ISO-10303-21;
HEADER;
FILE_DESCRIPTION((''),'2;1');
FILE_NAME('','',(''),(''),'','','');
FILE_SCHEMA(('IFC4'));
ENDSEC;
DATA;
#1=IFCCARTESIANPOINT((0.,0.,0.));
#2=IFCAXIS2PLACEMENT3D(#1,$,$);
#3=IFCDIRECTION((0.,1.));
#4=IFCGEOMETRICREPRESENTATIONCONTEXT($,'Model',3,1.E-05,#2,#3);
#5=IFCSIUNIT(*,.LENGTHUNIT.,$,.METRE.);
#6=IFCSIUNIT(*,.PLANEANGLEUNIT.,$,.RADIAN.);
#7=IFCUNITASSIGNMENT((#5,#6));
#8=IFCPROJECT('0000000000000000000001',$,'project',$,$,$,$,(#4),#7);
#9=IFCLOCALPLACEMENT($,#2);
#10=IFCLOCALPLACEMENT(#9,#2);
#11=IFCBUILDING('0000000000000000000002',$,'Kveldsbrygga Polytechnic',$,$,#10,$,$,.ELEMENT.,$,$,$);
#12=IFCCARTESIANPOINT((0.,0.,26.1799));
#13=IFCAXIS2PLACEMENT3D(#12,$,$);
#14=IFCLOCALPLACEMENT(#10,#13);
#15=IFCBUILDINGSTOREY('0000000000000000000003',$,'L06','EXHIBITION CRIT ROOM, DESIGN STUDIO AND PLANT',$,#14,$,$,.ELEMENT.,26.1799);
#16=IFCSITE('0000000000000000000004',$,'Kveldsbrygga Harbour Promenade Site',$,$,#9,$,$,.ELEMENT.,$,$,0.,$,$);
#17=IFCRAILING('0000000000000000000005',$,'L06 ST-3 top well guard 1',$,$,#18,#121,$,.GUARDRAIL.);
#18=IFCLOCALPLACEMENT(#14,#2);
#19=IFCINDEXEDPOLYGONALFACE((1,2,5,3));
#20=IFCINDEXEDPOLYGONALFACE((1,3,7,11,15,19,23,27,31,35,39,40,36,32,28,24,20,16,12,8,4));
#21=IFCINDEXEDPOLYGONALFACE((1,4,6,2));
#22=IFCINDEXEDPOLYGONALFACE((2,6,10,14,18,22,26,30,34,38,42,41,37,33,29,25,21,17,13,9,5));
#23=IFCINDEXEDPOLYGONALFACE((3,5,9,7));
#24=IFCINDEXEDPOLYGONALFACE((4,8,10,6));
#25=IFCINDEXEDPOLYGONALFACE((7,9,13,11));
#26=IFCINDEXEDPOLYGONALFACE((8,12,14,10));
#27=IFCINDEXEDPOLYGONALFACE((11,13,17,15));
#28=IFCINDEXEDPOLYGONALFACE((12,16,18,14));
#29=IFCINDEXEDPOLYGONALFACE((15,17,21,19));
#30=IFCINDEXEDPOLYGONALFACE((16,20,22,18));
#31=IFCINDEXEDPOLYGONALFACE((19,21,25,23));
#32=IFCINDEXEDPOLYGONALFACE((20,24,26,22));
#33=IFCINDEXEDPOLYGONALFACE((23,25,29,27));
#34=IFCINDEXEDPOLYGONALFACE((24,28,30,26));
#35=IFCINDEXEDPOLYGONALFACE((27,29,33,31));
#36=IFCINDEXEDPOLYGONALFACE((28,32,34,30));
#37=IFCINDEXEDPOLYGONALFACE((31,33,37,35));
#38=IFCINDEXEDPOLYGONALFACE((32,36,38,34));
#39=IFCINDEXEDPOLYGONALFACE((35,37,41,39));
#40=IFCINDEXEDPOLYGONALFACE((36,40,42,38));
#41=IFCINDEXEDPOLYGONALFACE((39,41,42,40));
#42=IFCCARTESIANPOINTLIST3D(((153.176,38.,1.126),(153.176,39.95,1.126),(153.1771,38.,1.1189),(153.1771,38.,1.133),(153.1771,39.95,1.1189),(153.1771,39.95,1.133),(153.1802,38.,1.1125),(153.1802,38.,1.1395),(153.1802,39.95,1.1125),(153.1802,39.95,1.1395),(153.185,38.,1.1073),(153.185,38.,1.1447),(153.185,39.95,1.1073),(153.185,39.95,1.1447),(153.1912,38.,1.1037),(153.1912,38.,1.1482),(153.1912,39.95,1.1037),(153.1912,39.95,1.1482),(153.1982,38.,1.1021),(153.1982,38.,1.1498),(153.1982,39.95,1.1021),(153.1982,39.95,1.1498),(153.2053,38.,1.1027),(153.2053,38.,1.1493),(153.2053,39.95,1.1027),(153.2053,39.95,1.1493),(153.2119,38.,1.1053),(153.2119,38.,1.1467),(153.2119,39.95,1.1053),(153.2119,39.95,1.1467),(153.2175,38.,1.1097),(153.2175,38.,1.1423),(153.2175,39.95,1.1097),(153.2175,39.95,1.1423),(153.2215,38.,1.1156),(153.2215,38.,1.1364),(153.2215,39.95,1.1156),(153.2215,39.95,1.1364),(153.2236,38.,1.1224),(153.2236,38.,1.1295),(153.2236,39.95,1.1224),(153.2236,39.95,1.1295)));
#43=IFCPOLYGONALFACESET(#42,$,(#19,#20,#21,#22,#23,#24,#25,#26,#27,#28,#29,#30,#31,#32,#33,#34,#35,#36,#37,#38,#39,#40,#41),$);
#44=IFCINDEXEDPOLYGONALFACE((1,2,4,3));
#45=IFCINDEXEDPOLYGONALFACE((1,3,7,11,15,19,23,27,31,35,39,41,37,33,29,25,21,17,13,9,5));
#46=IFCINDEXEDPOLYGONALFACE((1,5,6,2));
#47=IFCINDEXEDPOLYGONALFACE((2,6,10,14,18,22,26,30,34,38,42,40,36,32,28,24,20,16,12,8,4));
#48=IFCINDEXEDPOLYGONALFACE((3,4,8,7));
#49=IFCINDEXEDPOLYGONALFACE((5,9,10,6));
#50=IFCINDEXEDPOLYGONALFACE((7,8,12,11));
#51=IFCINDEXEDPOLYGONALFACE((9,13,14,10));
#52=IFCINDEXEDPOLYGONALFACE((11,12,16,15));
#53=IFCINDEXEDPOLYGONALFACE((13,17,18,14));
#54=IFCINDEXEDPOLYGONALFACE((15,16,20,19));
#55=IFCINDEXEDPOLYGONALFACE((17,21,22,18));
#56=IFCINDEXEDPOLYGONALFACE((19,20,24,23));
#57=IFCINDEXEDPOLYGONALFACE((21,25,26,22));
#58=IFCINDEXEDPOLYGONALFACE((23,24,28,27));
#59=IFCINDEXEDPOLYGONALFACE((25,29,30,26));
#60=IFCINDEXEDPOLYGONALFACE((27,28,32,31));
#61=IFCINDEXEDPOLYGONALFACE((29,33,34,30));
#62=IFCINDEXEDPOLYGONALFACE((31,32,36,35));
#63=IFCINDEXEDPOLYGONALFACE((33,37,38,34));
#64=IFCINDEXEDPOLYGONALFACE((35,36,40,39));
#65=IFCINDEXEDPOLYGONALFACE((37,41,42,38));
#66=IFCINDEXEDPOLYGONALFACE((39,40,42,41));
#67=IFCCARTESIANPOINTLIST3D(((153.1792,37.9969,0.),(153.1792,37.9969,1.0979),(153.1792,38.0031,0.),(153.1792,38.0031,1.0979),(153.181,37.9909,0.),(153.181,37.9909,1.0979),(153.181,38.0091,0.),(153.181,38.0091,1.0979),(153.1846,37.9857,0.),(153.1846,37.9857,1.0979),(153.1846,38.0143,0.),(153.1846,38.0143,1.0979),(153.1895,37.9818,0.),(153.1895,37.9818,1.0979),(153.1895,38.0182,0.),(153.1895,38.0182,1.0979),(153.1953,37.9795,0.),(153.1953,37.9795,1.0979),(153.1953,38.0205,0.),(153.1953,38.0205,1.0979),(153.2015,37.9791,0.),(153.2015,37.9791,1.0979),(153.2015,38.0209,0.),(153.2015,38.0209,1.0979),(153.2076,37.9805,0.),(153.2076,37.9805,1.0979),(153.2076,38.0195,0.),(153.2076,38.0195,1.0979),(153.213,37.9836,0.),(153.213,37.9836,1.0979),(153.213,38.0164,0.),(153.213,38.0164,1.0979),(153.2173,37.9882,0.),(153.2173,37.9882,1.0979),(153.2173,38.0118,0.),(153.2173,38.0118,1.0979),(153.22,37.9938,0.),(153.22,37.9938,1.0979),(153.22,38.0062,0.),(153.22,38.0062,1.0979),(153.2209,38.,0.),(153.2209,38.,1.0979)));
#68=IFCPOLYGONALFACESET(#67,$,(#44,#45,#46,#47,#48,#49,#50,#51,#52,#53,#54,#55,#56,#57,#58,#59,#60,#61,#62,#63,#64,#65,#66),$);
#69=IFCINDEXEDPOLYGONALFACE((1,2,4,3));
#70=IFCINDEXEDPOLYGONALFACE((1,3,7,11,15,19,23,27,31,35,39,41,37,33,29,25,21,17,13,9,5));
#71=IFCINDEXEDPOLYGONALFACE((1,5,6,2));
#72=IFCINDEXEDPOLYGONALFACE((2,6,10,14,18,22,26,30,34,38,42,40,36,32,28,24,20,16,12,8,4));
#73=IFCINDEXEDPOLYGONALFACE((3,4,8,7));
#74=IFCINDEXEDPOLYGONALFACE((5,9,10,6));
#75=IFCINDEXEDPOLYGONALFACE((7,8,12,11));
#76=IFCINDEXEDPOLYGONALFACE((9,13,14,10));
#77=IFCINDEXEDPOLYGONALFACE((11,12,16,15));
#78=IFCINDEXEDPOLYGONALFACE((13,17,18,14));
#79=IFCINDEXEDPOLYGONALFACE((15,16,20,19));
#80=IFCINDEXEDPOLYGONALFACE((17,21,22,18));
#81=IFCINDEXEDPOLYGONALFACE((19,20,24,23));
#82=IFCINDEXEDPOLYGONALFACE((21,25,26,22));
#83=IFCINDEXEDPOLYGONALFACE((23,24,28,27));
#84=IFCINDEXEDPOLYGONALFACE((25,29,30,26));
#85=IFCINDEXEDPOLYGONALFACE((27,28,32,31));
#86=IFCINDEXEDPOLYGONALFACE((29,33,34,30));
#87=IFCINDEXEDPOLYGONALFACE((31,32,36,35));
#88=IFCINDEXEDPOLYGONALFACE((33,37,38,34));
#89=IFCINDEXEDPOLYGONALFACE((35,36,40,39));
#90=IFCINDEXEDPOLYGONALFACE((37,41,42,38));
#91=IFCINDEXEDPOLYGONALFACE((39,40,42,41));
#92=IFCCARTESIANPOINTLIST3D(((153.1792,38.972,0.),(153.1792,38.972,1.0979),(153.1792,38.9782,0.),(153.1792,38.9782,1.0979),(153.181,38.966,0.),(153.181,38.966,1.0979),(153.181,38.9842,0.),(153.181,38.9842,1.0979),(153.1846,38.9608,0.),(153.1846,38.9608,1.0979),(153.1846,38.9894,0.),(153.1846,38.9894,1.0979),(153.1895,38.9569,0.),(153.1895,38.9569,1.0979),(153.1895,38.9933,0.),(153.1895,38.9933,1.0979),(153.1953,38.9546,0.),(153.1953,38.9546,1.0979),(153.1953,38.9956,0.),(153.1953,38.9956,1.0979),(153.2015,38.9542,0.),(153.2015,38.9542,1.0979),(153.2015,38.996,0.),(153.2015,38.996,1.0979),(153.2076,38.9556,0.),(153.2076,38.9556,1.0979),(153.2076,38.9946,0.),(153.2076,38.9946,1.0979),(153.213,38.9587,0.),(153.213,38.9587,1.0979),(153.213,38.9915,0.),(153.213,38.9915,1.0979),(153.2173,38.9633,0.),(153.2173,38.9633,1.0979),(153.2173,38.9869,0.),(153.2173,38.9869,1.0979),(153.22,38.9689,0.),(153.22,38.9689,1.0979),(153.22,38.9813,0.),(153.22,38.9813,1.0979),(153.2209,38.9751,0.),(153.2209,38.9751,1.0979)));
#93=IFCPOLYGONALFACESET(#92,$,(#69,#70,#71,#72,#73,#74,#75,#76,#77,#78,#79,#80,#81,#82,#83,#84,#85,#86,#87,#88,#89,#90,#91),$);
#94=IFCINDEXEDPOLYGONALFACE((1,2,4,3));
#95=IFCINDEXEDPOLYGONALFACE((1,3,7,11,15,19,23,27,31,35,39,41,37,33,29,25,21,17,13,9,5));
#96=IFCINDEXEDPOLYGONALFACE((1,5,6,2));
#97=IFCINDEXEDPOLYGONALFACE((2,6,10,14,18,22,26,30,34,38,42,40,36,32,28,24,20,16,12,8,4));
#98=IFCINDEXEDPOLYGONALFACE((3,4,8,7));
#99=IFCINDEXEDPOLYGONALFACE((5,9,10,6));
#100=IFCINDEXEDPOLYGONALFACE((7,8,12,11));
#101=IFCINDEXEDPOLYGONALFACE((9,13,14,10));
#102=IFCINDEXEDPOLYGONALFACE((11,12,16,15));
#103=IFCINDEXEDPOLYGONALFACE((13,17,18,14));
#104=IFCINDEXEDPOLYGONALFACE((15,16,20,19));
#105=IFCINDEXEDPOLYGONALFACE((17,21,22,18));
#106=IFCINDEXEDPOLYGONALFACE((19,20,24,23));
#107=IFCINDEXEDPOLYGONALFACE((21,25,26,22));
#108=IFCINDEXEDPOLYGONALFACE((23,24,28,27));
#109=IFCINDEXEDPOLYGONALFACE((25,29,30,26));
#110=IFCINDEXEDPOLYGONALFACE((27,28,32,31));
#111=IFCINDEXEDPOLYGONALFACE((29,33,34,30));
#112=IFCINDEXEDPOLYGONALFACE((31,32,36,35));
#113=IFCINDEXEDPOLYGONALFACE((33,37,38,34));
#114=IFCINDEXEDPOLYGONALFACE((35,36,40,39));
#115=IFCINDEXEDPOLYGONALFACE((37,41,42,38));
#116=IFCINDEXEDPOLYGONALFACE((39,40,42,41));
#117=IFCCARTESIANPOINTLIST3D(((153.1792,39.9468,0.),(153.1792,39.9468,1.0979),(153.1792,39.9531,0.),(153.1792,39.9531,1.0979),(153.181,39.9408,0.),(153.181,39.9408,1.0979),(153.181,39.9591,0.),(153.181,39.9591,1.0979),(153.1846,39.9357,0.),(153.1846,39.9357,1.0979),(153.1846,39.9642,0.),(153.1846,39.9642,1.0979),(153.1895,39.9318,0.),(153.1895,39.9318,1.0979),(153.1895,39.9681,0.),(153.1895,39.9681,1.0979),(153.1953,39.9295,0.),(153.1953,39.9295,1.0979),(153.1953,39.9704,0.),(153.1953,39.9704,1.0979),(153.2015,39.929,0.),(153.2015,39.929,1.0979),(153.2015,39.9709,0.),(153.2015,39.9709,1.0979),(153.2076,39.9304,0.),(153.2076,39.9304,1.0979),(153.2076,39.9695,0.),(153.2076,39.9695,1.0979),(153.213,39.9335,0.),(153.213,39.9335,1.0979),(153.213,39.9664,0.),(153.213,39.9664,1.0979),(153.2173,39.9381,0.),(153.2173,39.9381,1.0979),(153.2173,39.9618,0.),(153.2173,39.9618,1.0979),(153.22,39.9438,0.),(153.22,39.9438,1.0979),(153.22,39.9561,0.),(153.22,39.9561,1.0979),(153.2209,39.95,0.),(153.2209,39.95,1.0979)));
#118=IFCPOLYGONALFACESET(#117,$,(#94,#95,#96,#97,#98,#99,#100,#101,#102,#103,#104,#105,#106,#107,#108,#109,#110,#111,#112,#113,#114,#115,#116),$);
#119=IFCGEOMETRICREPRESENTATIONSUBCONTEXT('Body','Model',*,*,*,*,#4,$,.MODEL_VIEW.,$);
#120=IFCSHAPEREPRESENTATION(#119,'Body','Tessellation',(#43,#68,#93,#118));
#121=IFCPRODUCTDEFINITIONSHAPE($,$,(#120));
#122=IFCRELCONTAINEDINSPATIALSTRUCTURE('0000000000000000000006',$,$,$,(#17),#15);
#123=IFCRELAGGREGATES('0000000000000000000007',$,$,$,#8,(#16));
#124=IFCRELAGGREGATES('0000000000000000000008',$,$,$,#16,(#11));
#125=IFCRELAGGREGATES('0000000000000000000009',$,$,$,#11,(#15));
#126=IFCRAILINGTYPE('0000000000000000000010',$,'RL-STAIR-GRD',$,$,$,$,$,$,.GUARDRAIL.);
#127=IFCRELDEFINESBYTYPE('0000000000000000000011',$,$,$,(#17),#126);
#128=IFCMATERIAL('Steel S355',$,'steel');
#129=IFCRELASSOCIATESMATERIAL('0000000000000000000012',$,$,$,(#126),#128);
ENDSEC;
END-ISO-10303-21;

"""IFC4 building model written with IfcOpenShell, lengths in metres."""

from ifc_helpers import new_model, si_unit, direction, frame, origin, origin_2d, place, context, subcontext, project, spatial, circle, extrude, material, type_object, element, save


model = new_model("IFC4")

# Units and contexts
model_context = context("Model", 3, precision=1e-05, world=origin(), true_north=direction((0.0, 1.0)))
body_context = subcontext(model_context, "Body", "Model", "MODEL_VIEW")
ifc_project = project(units=[si_unit("LENGTHUNIT", "METRE"), si_unit("PLANEANGLEUNIT", "RADIAN")], contexts=[model_context])

# Site, building, storey
site_placement = place(None, origin())
site = spatial("IfcSite", under=ifc_project, at=site_placement, Name="Kveldsbrygga Harbour Promenade Site", CompositionType="ELEMENT", RefElevation=0.0)
building_placement = place(site_placement, origin())
building = spatial("IfcBuilding", under=site, at=building_placement, Name="Kveldsbrygga Polytechnic", CompositionType="ELEMENT")
storey_placement = place(building_placement, frame((0.0, 0.0, 26.1799)))
storey = spatial("IfcBuildingStorey", under=building, at=storey_placement, Name="L06", Description="EXHIBITION CRIT ROOM, DESIGN STUDIO AND PLANT", CompositionType="ELEMENT", Elevation=26.1799)

# Shared definitions
ifc_material_1 = material(Name="Steel S355", Category="steel")

# Railing
railing_type = type_object("IfcRailingType", Name="RL-STAIR-GRD", PredefinedType="GUARDRAIL", material=ifc_material_1)
railing_placement = place(storey_placement, frame((153.2, 38.0, 0.0)))
element("IfcRailing", 1, at=railing_placement, inside=storey, type_object=railing_type, Name="L06 ST-3 top well guard 1", PredefinedType="GUARDRAIL", context=body_context, shape_type="SweptSolid", body=[
    extrude(circle(Radius=0.0239, at=origin_2d()), frame((0.0, 0.0, 1.126), z_axis=(0.0, 1.0, 0.0), x_axis=(-1.0, 0.0, 0.0)), (0.0, 0.0, 1.0), 1.95),
    extrude(circle(Radius=0.021, at=origin_2d()), origin(), (0.0, 0.0, 1.0), 1.0979),
    extrude(circle(Radius=0.021, at=origin_2d()), frame((0.0, 0.9751, 0.0)), (0.0, 0.0, 1.0), 1.0979),
    extrude(circle(Radius=0.021, at=origin_2d()), frame((0.0, 1.95, 0.0)), (0.0, 0.0, 1.0), 1.0979),
])

save(model, "model.ifc")
